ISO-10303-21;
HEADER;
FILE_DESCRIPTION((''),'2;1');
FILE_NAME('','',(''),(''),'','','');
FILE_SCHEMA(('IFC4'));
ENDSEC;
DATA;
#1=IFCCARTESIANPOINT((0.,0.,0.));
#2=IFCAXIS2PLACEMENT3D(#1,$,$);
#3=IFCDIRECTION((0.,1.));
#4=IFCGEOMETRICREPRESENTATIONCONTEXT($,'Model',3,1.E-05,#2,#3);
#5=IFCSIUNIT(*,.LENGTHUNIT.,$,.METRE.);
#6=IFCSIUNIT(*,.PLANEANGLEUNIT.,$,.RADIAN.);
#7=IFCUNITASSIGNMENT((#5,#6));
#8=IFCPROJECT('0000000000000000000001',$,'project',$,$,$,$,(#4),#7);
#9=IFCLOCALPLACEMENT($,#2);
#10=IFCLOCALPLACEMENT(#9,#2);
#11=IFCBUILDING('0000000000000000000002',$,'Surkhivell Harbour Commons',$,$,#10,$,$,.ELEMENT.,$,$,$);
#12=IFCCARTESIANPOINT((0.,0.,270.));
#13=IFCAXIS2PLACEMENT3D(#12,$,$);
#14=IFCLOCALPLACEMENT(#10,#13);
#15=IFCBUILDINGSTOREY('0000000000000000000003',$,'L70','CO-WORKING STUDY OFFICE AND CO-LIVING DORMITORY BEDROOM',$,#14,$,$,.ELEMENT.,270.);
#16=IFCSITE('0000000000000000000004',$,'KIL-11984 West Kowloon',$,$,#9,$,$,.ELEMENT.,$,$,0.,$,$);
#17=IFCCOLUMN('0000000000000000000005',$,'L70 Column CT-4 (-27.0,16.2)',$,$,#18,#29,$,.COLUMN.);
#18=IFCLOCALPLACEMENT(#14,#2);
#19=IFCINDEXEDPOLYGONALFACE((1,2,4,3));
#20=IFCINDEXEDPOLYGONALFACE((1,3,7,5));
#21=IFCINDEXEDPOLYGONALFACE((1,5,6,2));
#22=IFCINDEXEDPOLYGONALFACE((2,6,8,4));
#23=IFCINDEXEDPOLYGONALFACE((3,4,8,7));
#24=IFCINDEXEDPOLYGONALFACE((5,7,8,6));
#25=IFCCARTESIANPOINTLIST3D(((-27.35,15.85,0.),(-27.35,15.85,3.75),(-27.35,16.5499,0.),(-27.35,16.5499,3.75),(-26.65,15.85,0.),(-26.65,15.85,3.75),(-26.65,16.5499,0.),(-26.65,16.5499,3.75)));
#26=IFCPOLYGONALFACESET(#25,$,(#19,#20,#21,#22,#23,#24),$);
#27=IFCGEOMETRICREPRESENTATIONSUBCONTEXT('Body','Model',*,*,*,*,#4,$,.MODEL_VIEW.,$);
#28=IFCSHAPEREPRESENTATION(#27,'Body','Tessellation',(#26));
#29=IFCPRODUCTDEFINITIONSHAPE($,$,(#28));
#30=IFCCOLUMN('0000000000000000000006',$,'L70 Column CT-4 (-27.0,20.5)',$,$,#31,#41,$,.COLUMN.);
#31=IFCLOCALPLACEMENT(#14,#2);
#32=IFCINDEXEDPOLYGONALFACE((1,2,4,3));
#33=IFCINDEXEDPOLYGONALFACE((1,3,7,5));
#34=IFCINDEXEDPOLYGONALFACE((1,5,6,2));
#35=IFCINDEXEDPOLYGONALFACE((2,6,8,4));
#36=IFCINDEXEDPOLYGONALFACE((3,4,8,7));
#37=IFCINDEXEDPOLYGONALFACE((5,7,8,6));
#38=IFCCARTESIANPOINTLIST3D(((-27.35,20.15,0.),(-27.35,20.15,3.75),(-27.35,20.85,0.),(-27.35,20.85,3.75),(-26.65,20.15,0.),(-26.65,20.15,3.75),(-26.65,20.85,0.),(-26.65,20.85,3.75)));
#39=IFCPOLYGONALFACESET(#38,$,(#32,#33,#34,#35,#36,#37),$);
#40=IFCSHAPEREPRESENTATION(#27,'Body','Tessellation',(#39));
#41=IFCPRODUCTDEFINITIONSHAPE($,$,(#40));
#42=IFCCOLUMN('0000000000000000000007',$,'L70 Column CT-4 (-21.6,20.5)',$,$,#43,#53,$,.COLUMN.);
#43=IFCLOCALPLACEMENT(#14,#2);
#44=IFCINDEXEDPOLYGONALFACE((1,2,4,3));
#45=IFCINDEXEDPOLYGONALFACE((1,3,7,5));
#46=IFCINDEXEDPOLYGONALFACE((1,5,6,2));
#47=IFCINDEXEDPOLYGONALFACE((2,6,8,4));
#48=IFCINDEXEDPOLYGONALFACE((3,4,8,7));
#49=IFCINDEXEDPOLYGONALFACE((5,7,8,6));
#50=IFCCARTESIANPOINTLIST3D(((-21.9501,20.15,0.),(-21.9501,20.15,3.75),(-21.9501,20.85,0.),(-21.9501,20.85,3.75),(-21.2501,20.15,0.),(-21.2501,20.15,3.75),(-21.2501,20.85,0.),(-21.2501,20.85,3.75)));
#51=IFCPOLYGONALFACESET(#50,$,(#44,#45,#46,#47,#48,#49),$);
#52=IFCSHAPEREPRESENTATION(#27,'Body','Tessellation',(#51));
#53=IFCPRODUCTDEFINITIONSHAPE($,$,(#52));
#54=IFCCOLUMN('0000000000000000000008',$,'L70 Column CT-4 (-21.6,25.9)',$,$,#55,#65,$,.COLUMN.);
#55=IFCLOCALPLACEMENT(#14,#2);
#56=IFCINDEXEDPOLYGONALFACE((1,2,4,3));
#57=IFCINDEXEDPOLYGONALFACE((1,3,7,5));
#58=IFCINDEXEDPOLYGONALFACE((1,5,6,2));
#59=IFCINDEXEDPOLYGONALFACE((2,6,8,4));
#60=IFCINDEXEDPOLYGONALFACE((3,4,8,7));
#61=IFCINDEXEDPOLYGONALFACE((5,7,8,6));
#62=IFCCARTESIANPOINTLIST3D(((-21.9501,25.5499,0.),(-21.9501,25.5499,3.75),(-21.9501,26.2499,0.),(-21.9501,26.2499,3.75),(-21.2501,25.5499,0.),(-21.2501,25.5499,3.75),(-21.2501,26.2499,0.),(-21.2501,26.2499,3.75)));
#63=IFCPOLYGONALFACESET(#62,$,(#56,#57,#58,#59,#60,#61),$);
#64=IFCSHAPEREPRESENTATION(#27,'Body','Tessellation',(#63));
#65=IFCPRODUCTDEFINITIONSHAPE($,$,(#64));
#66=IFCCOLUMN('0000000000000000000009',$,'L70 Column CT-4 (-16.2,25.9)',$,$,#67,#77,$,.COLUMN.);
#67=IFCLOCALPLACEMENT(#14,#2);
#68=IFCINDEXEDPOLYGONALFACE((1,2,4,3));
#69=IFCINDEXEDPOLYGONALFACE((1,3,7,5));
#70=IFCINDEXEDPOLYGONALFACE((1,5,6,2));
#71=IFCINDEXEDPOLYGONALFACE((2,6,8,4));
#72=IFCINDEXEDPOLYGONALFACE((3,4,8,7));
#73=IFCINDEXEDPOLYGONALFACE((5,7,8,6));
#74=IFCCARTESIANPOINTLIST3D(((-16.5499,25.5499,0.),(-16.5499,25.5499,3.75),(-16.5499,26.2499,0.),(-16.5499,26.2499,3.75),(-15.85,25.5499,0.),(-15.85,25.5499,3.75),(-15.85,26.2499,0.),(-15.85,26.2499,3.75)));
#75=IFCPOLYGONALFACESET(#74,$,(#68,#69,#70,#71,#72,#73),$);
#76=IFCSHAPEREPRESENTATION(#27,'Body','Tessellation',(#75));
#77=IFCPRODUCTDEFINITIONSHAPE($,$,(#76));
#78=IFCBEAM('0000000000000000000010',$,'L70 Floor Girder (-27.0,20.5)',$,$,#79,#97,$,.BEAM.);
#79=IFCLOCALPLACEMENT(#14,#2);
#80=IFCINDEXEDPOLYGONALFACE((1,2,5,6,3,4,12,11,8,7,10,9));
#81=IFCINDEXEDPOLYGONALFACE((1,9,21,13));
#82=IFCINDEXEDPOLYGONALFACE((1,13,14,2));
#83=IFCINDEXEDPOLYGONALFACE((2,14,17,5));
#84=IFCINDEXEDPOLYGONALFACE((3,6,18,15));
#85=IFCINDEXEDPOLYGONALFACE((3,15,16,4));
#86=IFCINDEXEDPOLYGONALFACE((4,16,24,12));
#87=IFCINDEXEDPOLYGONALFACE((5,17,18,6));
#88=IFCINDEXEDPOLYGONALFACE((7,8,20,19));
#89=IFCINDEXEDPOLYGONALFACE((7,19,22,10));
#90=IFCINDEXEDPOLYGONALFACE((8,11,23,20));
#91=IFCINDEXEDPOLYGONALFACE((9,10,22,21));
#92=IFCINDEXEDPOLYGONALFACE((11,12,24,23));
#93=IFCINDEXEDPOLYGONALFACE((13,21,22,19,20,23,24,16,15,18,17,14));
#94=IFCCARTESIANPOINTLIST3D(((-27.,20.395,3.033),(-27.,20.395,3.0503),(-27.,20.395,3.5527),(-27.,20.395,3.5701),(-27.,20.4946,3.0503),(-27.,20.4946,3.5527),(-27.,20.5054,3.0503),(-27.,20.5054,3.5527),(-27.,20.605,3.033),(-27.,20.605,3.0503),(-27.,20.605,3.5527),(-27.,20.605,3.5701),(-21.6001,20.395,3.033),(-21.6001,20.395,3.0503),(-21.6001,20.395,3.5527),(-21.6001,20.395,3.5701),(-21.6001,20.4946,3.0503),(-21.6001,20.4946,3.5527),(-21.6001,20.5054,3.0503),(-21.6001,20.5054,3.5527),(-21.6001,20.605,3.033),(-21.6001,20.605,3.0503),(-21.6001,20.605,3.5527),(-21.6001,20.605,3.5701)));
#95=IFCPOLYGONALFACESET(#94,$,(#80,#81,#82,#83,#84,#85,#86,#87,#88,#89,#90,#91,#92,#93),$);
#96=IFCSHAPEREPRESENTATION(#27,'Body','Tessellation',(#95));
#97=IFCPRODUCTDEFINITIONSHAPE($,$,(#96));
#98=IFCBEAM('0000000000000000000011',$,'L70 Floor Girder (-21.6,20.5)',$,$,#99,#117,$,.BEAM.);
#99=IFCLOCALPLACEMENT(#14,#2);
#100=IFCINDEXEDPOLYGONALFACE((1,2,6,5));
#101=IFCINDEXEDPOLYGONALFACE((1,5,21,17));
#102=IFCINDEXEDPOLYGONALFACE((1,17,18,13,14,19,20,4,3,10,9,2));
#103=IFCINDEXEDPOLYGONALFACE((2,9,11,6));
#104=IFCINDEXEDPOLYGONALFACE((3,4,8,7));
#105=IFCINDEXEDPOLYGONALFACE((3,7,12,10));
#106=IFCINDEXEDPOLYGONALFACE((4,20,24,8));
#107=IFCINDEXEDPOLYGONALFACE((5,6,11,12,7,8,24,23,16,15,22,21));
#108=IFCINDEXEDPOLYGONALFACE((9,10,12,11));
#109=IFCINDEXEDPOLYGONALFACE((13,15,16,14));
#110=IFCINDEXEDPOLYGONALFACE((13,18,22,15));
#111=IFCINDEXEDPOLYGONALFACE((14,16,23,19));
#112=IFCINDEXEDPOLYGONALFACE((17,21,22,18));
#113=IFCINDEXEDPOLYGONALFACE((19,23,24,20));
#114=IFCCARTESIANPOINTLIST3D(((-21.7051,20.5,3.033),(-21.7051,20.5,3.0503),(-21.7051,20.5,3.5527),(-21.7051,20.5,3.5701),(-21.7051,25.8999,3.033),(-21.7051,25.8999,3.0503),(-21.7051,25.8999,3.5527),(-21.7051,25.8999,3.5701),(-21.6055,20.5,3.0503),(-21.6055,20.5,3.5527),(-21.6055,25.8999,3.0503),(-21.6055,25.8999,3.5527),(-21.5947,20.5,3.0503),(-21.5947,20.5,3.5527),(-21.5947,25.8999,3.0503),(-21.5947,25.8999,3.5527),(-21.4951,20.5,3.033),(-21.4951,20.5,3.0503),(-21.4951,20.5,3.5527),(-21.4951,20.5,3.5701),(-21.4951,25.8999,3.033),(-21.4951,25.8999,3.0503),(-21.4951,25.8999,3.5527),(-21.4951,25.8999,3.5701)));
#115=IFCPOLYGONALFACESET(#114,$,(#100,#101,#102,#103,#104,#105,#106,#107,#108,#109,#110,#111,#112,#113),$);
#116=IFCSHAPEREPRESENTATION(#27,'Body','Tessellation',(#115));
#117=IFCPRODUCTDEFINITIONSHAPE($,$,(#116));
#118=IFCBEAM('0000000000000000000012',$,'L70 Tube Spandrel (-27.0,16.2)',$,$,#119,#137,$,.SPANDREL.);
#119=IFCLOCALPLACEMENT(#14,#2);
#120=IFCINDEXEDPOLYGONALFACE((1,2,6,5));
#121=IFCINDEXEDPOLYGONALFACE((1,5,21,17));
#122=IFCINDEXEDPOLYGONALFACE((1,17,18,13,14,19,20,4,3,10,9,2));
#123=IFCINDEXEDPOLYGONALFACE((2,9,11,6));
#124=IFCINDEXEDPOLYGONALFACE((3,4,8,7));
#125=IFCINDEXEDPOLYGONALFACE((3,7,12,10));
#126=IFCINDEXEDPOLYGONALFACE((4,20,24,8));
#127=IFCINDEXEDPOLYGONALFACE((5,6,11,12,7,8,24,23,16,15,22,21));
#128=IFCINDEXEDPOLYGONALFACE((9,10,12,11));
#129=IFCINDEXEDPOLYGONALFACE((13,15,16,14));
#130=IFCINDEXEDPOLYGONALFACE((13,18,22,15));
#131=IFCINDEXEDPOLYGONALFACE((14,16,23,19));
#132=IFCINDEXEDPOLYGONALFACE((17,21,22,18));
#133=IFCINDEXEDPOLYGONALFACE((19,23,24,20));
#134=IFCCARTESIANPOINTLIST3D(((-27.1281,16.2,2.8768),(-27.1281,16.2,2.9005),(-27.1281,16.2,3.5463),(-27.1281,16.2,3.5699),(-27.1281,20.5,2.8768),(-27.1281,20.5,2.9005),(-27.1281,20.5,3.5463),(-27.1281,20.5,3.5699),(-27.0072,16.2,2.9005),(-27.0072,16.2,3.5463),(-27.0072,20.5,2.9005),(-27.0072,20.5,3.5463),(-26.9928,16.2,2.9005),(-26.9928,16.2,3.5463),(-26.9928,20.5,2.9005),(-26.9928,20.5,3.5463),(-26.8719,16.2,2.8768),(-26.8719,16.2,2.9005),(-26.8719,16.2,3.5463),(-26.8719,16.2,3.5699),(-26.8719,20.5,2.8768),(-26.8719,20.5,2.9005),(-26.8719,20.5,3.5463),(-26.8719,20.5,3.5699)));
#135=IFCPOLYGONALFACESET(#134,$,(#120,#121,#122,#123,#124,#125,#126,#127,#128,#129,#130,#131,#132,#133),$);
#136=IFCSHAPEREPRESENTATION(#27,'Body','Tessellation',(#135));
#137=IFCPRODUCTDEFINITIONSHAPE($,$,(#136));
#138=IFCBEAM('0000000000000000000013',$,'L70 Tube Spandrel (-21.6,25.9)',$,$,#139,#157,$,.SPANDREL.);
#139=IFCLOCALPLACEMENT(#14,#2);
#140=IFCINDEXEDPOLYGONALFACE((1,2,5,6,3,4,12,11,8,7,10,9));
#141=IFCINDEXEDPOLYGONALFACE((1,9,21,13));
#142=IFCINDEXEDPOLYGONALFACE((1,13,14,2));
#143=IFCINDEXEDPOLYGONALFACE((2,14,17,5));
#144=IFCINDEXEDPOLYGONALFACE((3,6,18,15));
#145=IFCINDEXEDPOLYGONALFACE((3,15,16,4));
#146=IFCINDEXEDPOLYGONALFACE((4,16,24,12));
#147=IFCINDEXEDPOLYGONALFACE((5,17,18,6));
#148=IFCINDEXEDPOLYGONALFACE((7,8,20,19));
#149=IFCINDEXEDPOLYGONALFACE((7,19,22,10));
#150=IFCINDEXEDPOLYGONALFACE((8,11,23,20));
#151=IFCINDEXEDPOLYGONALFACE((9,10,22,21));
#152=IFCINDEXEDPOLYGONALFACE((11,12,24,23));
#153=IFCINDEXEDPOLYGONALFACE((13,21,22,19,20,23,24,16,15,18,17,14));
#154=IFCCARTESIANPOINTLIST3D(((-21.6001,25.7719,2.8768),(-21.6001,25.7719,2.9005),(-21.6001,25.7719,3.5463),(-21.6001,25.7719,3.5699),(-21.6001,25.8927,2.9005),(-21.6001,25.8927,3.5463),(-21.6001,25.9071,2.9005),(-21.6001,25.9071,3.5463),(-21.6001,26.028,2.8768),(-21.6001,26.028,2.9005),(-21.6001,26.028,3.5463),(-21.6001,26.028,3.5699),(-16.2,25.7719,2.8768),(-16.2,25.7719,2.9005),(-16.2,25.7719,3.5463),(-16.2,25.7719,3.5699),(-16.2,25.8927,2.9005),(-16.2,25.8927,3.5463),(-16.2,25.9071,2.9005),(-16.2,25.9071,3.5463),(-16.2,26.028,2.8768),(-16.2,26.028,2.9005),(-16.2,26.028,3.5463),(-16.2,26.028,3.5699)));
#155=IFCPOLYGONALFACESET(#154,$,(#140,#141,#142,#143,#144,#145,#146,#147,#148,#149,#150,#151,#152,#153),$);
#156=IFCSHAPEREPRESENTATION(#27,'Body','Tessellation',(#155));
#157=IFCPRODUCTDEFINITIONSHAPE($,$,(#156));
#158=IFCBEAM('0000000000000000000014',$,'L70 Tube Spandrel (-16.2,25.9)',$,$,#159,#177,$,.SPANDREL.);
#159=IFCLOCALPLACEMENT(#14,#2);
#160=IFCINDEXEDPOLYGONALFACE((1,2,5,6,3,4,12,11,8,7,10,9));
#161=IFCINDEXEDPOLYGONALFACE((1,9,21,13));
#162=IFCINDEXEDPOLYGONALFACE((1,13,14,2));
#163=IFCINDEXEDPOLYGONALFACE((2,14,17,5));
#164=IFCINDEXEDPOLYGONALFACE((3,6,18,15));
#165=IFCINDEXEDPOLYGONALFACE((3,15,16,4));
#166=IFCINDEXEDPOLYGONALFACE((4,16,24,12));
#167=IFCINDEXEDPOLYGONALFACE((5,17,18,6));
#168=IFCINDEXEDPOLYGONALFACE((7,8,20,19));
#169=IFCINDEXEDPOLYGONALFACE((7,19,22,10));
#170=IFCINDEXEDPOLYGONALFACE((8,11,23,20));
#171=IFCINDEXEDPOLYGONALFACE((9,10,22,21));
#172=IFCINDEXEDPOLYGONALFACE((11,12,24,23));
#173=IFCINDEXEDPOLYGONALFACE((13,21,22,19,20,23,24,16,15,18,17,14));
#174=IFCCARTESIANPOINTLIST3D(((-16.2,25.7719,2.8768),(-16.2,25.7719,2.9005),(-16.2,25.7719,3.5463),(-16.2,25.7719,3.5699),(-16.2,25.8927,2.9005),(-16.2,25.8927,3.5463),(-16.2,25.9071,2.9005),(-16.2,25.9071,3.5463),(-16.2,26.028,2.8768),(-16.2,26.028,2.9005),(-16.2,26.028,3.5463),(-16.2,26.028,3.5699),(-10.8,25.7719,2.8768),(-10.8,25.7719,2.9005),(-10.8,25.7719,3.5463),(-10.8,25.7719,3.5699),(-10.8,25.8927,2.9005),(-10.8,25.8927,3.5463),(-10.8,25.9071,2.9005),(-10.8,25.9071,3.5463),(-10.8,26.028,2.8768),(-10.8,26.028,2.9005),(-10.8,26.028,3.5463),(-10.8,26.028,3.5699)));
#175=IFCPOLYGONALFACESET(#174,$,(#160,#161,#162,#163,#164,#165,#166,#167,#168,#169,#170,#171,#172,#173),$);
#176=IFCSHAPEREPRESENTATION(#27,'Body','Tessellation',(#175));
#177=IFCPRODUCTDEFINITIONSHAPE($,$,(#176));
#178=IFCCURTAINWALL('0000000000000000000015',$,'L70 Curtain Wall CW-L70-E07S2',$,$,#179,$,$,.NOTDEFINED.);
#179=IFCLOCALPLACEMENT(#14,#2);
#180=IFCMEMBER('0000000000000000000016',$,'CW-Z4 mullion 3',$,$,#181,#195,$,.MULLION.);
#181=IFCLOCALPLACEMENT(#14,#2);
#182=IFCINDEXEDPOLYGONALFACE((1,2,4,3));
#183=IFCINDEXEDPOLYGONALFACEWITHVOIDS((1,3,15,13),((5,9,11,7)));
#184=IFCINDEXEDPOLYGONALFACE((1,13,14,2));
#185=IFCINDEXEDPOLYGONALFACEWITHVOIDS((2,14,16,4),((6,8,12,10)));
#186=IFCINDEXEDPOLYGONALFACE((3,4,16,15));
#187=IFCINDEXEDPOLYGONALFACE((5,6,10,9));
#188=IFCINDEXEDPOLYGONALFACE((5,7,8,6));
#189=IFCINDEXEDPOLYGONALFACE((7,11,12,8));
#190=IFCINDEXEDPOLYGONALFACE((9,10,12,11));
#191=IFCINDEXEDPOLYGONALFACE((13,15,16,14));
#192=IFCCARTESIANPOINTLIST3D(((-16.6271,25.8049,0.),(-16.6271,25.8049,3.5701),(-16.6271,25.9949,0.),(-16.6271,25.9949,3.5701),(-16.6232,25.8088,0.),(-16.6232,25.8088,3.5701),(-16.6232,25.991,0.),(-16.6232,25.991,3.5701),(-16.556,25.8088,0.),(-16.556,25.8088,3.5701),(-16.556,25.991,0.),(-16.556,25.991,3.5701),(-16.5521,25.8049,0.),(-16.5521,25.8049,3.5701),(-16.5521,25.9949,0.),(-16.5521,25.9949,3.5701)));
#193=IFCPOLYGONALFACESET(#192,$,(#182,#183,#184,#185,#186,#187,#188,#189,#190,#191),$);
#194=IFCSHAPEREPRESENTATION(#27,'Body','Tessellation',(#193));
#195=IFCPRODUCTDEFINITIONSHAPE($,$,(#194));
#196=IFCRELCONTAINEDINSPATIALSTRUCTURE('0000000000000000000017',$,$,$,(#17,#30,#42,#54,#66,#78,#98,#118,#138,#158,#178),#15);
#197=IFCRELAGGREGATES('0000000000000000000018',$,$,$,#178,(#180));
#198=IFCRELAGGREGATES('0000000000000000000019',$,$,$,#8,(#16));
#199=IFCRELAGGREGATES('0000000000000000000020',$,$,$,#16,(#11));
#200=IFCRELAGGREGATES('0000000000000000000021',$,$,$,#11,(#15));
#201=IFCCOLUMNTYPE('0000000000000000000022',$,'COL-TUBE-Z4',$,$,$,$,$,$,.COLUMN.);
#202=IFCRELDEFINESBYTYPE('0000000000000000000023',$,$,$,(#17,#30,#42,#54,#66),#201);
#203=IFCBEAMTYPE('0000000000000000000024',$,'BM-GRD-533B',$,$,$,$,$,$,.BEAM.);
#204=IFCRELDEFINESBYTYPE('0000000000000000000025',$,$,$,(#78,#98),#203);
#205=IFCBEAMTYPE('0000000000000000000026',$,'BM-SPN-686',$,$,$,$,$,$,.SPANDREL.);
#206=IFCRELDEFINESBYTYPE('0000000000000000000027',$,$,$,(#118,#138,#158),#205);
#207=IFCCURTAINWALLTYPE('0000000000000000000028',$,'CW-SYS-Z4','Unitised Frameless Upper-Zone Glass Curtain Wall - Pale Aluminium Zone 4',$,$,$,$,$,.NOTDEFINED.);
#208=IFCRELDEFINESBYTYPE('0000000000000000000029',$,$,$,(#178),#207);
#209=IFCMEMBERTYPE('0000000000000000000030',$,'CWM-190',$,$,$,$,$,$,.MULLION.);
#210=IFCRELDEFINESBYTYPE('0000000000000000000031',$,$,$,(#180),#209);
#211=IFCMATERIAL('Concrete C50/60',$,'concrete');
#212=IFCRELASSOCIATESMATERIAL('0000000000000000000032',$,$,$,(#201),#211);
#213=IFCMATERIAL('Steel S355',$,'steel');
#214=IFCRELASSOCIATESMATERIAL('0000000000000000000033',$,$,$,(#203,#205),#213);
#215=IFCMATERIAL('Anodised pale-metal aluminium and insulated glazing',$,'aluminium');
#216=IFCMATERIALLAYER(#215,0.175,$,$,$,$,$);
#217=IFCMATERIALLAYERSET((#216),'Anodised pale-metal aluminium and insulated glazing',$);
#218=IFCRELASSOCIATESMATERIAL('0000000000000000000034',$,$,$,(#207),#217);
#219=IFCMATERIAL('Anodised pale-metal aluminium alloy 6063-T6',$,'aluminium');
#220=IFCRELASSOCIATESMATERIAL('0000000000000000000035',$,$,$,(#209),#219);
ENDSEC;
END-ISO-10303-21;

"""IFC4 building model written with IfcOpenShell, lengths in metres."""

from ifc_helpers import new_model, si_unit, direction, frame, origin, origin_2d, place, context, subcontext, project, spatial, rectangle, hollow_rectangle, i_section, extrude, material, layer, layer_set, material_profile, profile_set, type_object, element, aggregate, save


model = new_model("IFC4")

# Units and contexts
model_context = context("Model", 3, precision=1e-05, world=origin(), true_north=direction((0.0, 1.0)))
body_context = subcontext(model_context, "Body", "Model", "MODEL_VIEW")
ifc_project = project(units=[si_unit("LENGTHUNIT", "METRE"), si_unit("PLANEANGLEUNIT", "RADIAN")], contexts=[model_context])

# Site, building, storey
site_placement = place(None, origin())
site = spatial("IfcSite", under=ifc_project, at=site_placement, Name="KIL-11984 West Kowloon", CompositionType="ELEMENT", RefElevation=0.0)
building_placement = place(site_placement, origin())
building = spatial("IfcBuilding", under=site, at=building_placement, Name="Surkhivell Harbour Commons", CompositionType="ELEMENT")
storey_placement = place(building_placement, frame((0.0, 0.0, 270.0)))
storey = spatial("IfcBuildingStorey", under=building, at=storey_placement, Name="L70", Description="CO-WORKING STUDY OFFICE AND CO-LIVING DORMITORY BEDROOM", CompositionType="ELEMENT", Elevation=270.0)

# Columns
ifc_material_1 = material(Name="Concrete C50/60", Category="concrete")
ifc_material_profile_1 = material_profile(ifc_material_1, rectangle(XDim=0.7, YDim=0.7, at=origin_2d()), Name="RC-COL-700x700")
ifc_profile_set_1 = profile_set([ifc_material_profile_1], Name="Concrete C50/60")
column_type = type_object("IfcColumnType", Name="COL-TUBE-Z4", PredefinedType="COLUMN", material=ifc_profile_set_1)
for number, where, z_axis, x_axis, name in (
    (1, (-27.0, 16.2, 0.0), (0.0, 0.0, 1.0), (1.0, 0.0, 0.0), "L70 Column CT-4 (-27.0,16.2)"),
    (2, (-27.0, 20.5, 0.0), (0.0, 0.0, 1.0), (1.0, 0.0, 0.0), "L70 Column CT-4 (-27.0,20.5)"),
    (3, (-21.6001, 20.5, 0.0), (0.0, 0.0, 1.0), (1.0, 0.0, 0.0), "L70 Column CT-4 (-21.6,20.5)"),
    (4, (-21.6001, 25.8999, 0.0), (0.0, 0.0, 1.0), (1.0, 0.0, 0.0), "L70 Column CT-4 (-21.6,25.9)"),
    (5, (-16.2, 25.8999, 0.0), (0.0, 0.0, 1.0), (1.0, 0.0, 0.0), "L70 Column CT-4 (-16.2,25.9)"),
):
    element("IfcColumn", number, at=place(storey_placement, frame(where, z_axis=z_axis, x_axis=x_axis)), inside=storey, type_object=column_type, Name=name, PredefinedType="COLUMN", context=body_context, shape_type="SweptSolid", body=[
        extrude(rectangle(XDim=0.7, YDim=0.7, at=origin_2d()), origin(), (0.0, 0.0, 1.0), 3.75),
    ])

# Beams
ifc_material_2 = material(Name="Steel S355", Category="steel")
ifc_material_profile_2 = material_profile(ifc_material_2, i_section(OverallWidth=0.21, OverallDepth=0.5371, WebThickness=0.0107, FlangeThickness=0.0173, at=origin_2d()), Name="UB533x210x101")
ifc_profile_set_2 = profile_set([ifc_material_profile_2], Name="Steel S355")
beam_type_1 = type_object("IfcBeamType", Name="BM-GRD-533B", PredefinedType="BEAM", material=ifc_profile_set_2)
for number, where, z_axis, x_axis, name in (
    (6, (-27.0, 20.5, 3.3015), (1.0, 0.0, 0.0), (0.0, 1.0, 0.0), "L70 Floor Girder (-27.0,20.5)"),
    (7, (-21.6001, 20.5, 3.3015), (0.0, 1.0, 0.0), (-1.0, 0.0, 0.0), "L70 Floor Girder (-21.6,20.5)"),
):
    element("IfcBeam", number, at=place(storey_placement, frame(where, z_axis=z_axis, x_axis=x_axis)), inside=storey, type_object=beam_type_1, Name=name, PredefinedType="BEAM", context=body_context, shape_type="SweptSolid", body=[
        extrude(i_section(OverallWidth=0.21, OverallDepth=0.5371, WebThickness=0.0107, FlangeThickness=0.0173, at=origin_2d()), origin(), (0.0, 0.0, 1.0), 5.3999),
    ])
ifc_material_profile_3 = material_profile(ifc_material_2, i_section(OverallWidth=0.2561, OverallDepth=0.6931, WebThickness=0.0144, FlangeThickness=0.0237, at=origin_2d()), Name="UB686x254x170")
ifc_profile_set_3 = profile_set([ifc_material_profile_3], Name="Steel S355")
beam_type_2 = type_object("IfcBeamType", Name="BM-SPN-686", PredefinedType="SPANDREL", material=ifc_profile_set_3)
beam_1_placement = place(storey_placement, frame((-27.0, 16.2, 3.2234), z_axis=(0.0, 1.0, 0.0), x_axis=(-1.0, 0.0, 0.0)))
element("IfcBeam", 8, at=beam_1_placement, inside=storey, type_object=beam_type_2, Name="L70 Tube Spandrel (-27.0,16.2)", PredefinedType="SPANDREL", context=body_context, shape_type="SweptSolid", body=[
    extrude(i_section(OverallWidth=0.2561, OverallDepth=0.6931, WebThickness=0.0144, FlangeThickness=0.0237, at=origin_2d()), origin(), (0.0, 0.0, 1.0), 4.3),
])
beam_2_placement = place(storey_placement, frame((-21.6001, 25.8999, 3.2234), z_axis=(1.0, 0.0, 0.0), x_axis=(0.0, 1.0, 0.0)))
element("IfcBeam", 9, at=beam_2_placement, inside=storey, type_object=beam_type_2, Name="L70 Tube Spandrel (-21.6,25.9)", PredefinedType="SPANDREL", context=body_context, shape_type="SweptSolid", body=[
    extrude(i_section(OverallWidth=0.2561, OverallDepth=0.6931, WebThickness=0.0144, FlangeThickness=0.0237, at=origin_2d()), origin(), (0.0, 0.0, 1.0), 5.4001),
])
beam_3_placement = place(storey_placement, frame((-16.2, 25.8999, 3.2234), z_axis=(1.0, 0.0, 0.0), x_axis=(0.0, 1.0, 0.0)))
element("IfcBeam", 10, at=beam_3_placement, inside=storey, type_object=beam_type_2, Name="L70 Tube Spandrel (-16.2,25.9)", PredefinedType="SPANDREL", context=body_context, shape_type="SweptSolid", body=[
    extrude(i_section(OverallWidth=0.2561, OverallDepth=0.6931, WebThickness=0.0144, FlangeThickness=0.0237, at=origin_2d()), origin(), (0.0, 0.0, 1.0), 5.3999),
])

# Curtain wall, member
ifc_material_3 = material(Name="Anodised pale-metal aluminium and insulated glazing", Category="aluminium")
ifc_layer_1 = layer(ifc_material_3, 0.175)
ifc_layer_set_1 = layer_set([ifc_layer_1], Name="Anodised pale-metal aluminium and insulated glazing")
curtain_wall_type = type_object("IfcCurtainWallType", Name="CW-SYS-Z4", Description="Unitised Frameless Upper-Zone Glass Curtain Wall - Pale Aluminium Zone 4", PredefinedType="NOTDEFINED", material=ifc_layer_set_1)
curtain_wall_1_placement = place(storey_placement, origin())
curtain_wall_1 = element("IfcCurtainWall", 11, at=curtain_wall_1_placement, inside=storey, type_object=curtain_wall_type, Name="L70 Curtain Wall CW-L70-E07S2", PredefinedType="NOTDEFINED")
ifc_material_4 = material(Name="Anodised pale-metal aluminium alloy 6063-T6", Category="aluminium")
ifc_material_profile_4 = material_profile(ifc_material_4, hollow_rectangle(XDim=0.075, YDim=0.1899, WallThickness=0.0039, at=origin_2d()), Name="ALU-MULL-75x190")
ifc_profile_set_4 = profile_set([ifc_material_profile_4], Name="Anodised pale-metal aluminium alloy 6063-T6")
member_type_1 = type_object("IfcMemberType", Name="CWM-190", PredefinedType="MULLION", material=ifc_profile_set_4)
member_1_placement = place(storey_placement, frame((-16.5896, 25.8999, 0.0), z_axis=(0.0, 0.0, 1.0), x_axis=(-1.0, 0.0, 0.0)))
member_1 = element("IfcMember", 12, at=member_1_placement, type_object=member_type_1, Name="CW-Z4 mullion 3", PredefinedType="MULLION", context=body_context, shape_type="SweptSolid", body=[
    extrude(hollow_rectangle(XDim=0.075, YDim=0.1899, WallThickness=0.0039, at=origin_2d()), origin(), (0.0, 0.0, 1.0), 3.5701),
])

aggregate(curtain_wall_1, [member_1])

save(model, "model.ifc")
